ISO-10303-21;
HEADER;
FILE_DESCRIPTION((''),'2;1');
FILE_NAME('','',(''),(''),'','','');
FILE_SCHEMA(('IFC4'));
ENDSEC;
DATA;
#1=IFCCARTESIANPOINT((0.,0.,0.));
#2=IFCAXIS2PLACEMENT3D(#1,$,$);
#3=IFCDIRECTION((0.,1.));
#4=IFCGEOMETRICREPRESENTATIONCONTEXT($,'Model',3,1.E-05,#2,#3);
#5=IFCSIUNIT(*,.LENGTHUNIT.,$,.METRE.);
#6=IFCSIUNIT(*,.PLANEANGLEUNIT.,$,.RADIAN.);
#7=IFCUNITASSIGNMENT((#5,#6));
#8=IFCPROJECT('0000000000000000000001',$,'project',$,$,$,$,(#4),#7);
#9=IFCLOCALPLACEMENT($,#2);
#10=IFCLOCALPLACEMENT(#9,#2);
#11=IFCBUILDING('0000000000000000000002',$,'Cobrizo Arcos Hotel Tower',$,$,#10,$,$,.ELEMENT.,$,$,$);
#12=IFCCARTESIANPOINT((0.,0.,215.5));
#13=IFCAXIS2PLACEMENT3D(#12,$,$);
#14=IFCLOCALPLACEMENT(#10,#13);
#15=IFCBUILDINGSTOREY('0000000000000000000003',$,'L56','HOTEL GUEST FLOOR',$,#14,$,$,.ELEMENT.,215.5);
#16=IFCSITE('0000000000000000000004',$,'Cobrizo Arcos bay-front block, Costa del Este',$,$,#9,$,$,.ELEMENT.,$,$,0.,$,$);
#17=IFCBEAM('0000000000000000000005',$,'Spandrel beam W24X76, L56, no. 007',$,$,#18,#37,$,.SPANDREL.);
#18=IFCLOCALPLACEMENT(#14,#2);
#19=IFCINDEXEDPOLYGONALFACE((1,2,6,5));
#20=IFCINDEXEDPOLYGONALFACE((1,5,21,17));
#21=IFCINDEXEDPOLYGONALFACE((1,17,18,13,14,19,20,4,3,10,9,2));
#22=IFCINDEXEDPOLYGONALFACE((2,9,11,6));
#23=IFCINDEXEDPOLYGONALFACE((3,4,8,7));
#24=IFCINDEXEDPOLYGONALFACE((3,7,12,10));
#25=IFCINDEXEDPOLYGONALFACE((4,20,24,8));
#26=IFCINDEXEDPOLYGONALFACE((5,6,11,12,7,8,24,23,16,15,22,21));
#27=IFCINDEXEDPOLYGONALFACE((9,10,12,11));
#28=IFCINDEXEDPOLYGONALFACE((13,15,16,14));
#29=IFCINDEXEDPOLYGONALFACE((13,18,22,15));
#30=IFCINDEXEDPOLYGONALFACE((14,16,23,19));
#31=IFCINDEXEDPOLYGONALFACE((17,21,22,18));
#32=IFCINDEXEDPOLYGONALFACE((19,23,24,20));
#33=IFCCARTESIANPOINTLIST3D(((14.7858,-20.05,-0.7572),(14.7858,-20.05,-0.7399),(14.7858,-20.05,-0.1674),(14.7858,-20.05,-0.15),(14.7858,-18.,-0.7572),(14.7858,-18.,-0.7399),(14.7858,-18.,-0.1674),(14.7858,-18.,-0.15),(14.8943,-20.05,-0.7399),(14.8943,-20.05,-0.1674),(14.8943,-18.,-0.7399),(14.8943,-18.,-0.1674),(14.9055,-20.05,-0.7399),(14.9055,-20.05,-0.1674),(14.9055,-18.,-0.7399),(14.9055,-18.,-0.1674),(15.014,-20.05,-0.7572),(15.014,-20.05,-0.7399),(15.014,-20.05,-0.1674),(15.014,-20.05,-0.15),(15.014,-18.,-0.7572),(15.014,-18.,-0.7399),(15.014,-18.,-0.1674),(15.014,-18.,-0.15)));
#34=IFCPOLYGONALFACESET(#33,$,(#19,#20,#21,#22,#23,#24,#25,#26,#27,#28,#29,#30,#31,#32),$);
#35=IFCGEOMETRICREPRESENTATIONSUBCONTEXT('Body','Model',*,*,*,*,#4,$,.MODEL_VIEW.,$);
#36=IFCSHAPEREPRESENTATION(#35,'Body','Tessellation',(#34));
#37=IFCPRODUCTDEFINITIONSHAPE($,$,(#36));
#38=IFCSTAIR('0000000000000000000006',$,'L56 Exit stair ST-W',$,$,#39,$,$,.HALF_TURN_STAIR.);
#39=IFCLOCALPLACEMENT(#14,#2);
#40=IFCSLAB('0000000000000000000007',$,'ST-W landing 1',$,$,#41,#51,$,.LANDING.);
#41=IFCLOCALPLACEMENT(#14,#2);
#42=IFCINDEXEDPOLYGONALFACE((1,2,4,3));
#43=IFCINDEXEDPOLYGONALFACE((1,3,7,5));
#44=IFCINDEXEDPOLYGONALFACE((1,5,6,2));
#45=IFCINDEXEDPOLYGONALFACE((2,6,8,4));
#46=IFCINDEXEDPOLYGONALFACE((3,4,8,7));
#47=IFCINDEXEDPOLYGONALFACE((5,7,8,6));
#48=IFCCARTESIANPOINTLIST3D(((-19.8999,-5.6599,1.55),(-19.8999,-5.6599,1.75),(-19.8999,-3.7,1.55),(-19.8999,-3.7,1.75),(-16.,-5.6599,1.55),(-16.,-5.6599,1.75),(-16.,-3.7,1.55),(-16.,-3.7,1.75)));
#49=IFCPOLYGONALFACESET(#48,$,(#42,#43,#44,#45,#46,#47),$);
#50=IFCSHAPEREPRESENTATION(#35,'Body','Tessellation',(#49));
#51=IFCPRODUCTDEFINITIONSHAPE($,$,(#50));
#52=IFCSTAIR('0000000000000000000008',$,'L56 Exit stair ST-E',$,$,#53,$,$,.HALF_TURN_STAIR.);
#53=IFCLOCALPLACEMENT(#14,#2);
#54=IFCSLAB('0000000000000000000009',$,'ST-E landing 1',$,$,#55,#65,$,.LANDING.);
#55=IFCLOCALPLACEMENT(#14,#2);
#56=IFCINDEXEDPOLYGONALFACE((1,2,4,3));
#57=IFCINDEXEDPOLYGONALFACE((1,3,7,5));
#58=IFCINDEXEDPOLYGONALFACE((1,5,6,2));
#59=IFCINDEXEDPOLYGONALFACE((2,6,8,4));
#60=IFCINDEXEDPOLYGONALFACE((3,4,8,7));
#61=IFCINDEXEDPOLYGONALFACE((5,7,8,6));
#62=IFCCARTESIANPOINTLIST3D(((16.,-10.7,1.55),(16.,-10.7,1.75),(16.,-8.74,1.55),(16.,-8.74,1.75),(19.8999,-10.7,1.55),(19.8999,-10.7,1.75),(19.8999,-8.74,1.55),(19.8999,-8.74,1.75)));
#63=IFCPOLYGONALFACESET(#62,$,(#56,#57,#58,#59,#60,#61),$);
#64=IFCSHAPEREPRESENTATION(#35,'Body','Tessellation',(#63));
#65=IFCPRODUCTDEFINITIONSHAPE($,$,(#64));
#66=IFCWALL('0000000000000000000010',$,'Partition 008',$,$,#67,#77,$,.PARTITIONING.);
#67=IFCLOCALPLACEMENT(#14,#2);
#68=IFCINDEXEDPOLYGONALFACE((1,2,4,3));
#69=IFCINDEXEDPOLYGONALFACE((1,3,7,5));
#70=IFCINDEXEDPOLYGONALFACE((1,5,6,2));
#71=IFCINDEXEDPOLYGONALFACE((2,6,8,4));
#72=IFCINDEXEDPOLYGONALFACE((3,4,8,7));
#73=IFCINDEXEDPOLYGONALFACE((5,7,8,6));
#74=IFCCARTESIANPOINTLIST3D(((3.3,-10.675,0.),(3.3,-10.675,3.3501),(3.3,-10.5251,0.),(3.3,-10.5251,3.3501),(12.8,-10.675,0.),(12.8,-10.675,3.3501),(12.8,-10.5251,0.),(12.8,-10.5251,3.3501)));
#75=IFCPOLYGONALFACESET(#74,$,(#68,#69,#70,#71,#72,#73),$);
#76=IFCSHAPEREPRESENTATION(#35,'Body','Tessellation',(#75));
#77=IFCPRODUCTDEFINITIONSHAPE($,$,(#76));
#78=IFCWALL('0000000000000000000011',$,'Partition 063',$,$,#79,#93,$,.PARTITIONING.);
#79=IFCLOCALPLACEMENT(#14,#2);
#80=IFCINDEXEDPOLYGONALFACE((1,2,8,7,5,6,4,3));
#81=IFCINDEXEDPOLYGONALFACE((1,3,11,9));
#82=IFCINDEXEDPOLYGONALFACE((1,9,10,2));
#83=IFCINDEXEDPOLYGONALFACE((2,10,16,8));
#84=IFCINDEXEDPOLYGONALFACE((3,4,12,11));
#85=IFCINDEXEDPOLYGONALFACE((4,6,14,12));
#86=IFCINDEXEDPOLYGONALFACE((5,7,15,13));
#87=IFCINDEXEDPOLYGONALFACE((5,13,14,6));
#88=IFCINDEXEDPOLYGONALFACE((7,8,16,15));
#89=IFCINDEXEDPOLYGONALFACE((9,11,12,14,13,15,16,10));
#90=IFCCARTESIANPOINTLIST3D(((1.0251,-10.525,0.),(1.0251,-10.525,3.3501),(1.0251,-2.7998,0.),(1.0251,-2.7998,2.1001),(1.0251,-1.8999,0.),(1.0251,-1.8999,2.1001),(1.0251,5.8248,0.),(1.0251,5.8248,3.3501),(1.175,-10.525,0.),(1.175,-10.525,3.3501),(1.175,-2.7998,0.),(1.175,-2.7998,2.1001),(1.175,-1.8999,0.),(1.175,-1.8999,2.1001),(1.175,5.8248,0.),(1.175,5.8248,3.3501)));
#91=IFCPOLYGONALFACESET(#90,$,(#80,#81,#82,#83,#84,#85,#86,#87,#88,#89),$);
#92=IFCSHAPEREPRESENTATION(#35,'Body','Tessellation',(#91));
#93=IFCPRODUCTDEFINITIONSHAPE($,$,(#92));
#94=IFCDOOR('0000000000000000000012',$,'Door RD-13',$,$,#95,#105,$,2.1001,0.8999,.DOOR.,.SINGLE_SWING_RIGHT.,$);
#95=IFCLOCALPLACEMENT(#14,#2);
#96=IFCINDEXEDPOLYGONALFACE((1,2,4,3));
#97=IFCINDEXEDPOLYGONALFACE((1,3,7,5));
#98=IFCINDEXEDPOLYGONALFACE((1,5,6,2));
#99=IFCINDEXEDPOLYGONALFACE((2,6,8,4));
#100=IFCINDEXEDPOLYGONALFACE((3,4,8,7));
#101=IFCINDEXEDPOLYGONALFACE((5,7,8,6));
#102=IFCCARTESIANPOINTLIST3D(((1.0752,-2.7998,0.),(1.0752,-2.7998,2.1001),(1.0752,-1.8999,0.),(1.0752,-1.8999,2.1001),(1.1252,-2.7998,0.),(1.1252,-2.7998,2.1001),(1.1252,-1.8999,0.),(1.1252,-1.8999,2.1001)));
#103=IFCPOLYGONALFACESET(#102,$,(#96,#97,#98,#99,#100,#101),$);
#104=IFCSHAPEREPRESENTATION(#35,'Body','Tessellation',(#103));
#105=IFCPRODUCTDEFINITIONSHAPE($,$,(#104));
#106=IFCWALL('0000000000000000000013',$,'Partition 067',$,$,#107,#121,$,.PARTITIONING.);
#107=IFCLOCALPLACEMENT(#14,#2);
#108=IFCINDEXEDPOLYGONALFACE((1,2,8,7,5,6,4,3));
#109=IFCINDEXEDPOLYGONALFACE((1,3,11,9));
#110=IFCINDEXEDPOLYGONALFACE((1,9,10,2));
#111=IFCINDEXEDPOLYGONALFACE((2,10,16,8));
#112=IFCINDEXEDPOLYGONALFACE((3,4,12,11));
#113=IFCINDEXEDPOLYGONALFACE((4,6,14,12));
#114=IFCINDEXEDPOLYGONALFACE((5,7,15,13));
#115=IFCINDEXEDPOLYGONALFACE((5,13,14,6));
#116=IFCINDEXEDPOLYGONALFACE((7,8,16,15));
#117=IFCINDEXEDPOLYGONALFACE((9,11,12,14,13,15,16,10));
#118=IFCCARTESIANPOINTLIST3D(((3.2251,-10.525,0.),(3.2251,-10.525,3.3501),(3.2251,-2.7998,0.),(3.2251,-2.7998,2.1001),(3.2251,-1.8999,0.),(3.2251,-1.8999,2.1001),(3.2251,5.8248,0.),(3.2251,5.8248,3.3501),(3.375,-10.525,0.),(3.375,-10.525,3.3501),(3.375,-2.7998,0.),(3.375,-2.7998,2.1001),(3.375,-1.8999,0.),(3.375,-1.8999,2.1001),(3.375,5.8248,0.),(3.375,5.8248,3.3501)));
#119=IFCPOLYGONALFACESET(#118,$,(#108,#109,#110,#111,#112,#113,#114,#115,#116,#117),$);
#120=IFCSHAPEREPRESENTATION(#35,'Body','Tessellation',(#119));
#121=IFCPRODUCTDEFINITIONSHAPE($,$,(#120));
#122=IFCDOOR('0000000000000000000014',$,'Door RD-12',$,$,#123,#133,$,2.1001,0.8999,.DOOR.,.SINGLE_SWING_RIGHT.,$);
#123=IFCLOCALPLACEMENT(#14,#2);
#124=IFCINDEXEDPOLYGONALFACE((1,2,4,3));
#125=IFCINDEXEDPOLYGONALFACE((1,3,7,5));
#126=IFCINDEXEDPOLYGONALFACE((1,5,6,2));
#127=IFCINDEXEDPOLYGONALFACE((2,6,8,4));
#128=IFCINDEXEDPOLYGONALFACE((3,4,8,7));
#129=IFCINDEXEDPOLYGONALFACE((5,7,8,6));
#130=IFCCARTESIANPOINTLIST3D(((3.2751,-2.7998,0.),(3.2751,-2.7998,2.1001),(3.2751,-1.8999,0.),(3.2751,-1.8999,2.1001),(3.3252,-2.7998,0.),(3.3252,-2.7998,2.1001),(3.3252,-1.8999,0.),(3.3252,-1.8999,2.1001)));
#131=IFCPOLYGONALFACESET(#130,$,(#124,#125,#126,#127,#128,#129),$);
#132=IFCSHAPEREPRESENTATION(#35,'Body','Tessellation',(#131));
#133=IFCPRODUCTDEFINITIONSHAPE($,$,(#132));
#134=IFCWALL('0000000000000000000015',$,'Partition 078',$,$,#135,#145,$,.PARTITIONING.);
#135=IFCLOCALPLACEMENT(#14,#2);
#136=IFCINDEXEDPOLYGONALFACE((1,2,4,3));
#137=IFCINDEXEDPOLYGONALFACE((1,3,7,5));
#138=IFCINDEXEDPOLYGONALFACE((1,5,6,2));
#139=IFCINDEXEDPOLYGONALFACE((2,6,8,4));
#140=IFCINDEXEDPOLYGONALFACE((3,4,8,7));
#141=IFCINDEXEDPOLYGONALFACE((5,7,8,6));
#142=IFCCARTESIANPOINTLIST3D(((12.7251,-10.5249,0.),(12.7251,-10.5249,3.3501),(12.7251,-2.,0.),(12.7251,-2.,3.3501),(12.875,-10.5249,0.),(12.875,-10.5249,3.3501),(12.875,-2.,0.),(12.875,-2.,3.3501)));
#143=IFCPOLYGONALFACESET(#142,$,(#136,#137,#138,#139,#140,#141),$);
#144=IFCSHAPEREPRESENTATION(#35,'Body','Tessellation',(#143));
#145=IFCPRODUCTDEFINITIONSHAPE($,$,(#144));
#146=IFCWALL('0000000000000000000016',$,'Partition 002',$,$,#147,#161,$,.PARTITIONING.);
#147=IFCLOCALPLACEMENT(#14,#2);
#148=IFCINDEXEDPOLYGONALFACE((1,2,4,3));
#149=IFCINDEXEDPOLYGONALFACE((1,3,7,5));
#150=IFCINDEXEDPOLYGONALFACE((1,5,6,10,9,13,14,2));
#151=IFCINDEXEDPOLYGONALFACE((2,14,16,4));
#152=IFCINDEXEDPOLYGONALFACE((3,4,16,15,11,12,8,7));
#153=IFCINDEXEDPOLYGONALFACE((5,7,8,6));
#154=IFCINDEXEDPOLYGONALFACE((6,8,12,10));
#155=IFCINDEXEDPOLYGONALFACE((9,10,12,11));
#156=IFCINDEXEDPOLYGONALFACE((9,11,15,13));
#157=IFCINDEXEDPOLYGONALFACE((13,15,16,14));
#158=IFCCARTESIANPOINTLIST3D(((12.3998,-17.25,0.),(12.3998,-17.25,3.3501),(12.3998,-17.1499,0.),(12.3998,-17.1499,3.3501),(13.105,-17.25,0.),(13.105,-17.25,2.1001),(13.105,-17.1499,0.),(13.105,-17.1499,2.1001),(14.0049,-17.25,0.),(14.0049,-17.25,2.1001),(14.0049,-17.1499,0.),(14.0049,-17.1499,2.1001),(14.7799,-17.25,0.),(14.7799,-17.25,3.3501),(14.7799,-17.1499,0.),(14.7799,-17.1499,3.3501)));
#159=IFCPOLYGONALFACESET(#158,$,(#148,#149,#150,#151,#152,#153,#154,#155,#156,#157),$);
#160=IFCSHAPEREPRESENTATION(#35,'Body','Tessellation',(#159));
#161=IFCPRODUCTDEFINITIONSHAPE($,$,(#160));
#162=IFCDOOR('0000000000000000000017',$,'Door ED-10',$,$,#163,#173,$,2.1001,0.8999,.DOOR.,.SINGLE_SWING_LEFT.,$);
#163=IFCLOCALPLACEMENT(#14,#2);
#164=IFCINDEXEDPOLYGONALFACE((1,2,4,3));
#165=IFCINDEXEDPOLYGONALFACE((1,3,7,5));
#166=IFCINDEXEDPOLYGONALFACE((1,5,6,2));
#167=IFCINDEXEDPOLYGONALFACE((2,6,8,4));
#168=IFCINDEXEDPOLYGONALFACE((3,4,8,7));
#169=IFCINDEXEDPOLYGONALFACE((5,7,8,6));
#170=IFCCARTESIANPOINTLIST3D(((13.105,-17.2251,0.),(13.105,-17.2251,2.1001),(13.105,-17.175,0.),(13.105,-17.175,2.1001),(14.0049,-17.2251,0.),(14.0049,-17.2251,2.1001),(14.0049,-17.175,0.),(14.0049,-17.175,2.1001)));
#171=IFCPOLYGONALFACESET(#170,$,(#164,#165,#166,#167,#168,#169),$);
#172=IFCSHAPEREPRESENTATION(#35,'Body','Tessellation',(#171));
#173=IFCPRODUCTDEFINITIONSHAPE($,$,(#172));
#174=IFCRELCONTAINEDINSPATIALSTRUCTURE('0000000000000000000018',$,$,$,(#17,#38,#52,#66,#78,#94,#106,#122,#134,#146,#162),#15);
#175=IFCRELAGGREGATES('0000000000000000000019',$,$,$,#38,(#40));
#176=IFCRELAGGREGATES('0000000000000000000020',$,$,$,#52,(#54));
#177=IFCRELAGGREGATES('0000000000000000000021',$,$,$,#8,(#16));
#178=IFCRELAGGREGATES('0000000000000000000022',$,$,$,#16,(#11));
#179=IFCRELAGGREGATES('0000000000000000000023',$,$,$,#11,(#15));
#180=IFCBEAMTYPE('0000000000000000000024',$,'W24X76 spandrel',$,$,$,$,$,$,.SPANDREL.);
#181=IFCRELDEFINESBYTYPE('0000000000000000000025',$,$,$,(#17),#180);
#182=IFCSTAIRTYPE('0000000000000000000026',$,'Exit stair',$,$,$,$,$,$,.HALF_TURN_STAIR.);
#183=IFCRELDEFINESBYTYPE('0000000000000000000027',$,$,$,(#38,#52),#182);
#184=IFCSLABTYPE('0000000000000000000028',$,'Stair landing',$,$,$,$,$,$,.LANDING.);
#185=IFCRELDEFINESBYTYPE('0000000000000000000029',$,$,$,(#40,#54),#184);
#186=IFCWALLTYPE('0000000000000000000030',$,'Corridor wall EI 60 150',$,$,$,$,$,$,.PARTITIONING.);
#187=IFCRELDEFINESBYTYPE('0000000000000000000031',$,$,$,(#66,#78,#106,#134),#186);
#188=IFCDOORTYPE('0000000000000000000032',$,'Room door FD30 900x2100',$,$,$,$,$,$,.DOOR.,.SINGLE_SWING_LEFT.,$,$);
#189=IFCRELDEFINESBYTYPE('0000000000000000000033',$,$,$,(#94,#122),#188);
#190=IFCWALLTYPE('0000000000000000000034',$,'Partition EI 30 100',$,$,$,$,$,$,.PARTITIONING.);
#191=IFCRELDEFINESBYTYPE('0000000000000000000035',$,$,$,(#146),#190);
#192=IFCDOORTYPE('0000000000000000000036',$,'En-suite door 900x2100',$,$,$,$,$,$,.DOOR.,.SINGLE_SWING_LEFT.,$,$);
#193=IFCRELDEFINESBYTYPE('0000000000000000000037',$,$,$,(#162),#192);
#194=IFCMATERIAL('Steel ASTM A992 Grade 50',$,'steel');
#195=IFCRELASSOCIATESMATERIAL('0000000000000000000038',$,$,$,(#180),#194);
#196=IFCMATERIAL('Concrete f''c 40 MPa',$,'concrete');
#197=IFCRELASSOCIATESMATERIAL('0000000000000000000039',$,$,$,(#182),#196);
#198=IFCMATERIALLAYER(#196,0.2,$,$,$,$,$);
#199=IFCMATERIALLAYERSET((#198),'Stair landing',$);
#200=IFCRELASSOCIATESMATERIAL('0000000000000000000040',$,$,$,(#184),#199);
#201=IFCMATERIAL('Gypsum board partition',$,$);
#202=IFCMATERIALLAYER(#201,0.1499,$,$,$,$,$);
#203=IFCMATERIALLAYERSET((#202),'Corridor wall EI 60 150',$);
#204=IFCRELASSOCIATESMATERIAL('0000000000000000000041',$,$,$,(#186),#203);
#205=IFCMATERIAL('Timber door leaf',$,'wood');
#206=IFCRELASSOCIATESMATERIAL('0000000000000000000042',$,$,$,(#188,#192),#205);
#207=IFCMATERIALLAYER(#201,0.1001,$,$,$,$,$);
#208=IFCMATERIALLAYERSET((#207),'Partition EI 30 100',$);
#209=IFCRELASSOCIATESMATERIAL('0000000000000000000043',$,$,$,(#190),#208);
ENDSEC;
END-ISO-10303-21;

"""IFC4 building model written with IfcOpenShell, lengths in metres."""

from ifc_helpers import new_model, si_unit, direction, frame, frame_2d, origin, origin_2d, place, context, subcontext, project, spatial, polyline, rectangle, i_section, outline, extrude, material, layer, layer_set, material_profile, profile_set, type_object, element, fill, aggregate, save


model = new_model("IFC4")

# Units and contexts
model_context = context("Model", 3, precision=1e-05, world=origin(), true_north=direction((0.0, 1.0)))
body_context = subcontext(model_context, "Body", "Model", "MODEL_VIEW")
ifc_project = project(units=[si_unit("LENGTHUNIT", "METRE"), si_unit("PLANEANGLEUNIT", "RADIAN")], contexts=[model_context])

# Site, building, storey
site_placement = place(None, origin())
site = spatial("IfcSite", under=ifc_project, at=site_placement, Name="Cobrizo Arcos bay-front block, Costa del Este", CompositionType="ELEMENT", RefElevation=0.0)
building_placement = place(site_placement, origin())
building = spatial("IfcBuilding", under=site, at=building_placement, Name="Cobrizo Arcos Hotel Tower", CompositionType="ELEMENT")
storey_placement = place(building_placement, frame((0.0, 0.0, 215.5)))
storey = spatial("IfcBuildingStorey", under=building, at=storey_placement, Name="L56", Description="HOTEL GUEST FLOOR", CompositionType="ELEMENT", Elevation=215.5)

# Shared definitions
ifc_material_1 = material(Name="Steel ASTM A992 Grade 50", Category="steel")

# Beam
ifc_material_profile_1 = material_profile(ifc_material_1, i_section(OverallWidth=0.2283, OverallDepth=0.6072, WebThickness=0.0112, FlangeThickness=0.0173, at=origin_2d()), Name="W24X76")
ifc_profile_set_1 = profile_set([ifc_material_profile_1], Name="Steel ASTM A992 Grade 50")
beam_type_1 = type_object("IfcBeamType", Name="W24X76 spandrel", PredefinedType="SPANDREL", material=ifc_profile_set_1)
beam_1_placement = place(storey_placement, frame((14.8999, -20.05, -0.4536), z_axis=(0.0, 1.0, 0.0), x_axis=(-1.0, 0.0, 0.0)))
element("IfcBeam", 1, at=beam_1_placement, inside=storey, type_object=beam_type_1, Name="Spandrel beam W24X76, L56, no. 007", PredefinedType="SPANDREL", context=body_context, shape_type="SweptSolid", body=[
    extrude(i_section(OverallWidth=0.2283, OverallDepth=0.6072, WebThickness=0.0112, FlangeThickness=0.0173, at=origin_2d()), origin(), (0.0, 0.0, 1.0), 2.05),
])

# Stairs, slabs
ifc_material_2 = material(Name="Concrete f'c 40 MPa", Category="concrete")
stair_type = type_object("IfcStairType", Name="Exit stair", PredefinedType="HALF_TURN_STAIR", material=ifc_material_2)
stair_1_placement = place(storey_placement, origin())
stair_1 = element("IfcStair", 2, at=stair_1_placement, inside=storey, type_object=stair_type, Name="L56 Exit stair ST-W", PredefinedType="HALF_TURN_STAIR")
ifc_layer_1 = layer(ifc_material_2, 0.2)
ifc_layer_set_1 = layer_set([ifc_layer_1], Name="Stair landing")
slab_type = type_object("IfcSlabType", Name="Stair landing", PredefinedType="LANDING", material=ifc_layer_set_1)
slab_1_placement = place(storey_placement, frame((0.0, 0.0, 1.55)))
slab_1 = element("IfcSlab", 3, at=slab_1_placement, type_object=slab_type, Name="ST-W landing 1", PredefinedType="LANDING", context=body_context, shape_type="SweptSolid", body=[
    extrude(outline(polyline([(-16.0, -5.6599), (-16.0, -3.7), (-19.8999, -3.7), (-19.8999, -5.6599), (-16.0, -5.6599)])), origin(), (0.0, 0.0, 1.0), 0.2),
])
aggregate(stair_1, [slab_1])
stair_2_placement = place(storey_placement, origin())
stair_2 = element("IfcStair", 4, at=stair_2_placement, inside=storey, type_object=stair_type, Name="L56 Exit stair ST-E", PredefinedType="HALF_TURN_STAIR")
slab_2_placement = place(storey_placement, frame((0.0, 0.0, 1.55)))
slab_2 = element("IfcSlab", 5, at=slab_2_placement, type_object=slab_type, Name="ST-E landing 1", PredefinedType="LANDING", context=body_context, shape_type="SweptSolid", body=[
    extrude(outline(polyline([(16.0, -8.74), (16.0, -10.7), (19.8999, -10.7), (19.8999, -8.74), (16.0, -8.74)])), origin(), (0.0, 0.0, 1.0), 0.2),
])
aggregate(stair_2, [slab_2])

# Wall
ifc_material_3 = material(Name="Gypsum board partition")
ifc_layer_2 = layer(ifc_material_3, 0.1499)
ifc_layer_set_2 = layer_set([ifc_layer_2], Name="Corridor wall EI 60 150")
wall_type_1 = type_object("IfcWallType", Name="Corridor wall EI 60 150", PredefinedType="PARTITIONING", material=ifc_layer_set_2)
wall_1_placement = place(storey_placement, frame((3.3, -10.6001, 0.0), z_axis=(0.0, 0.0, 1.0), x_axis=(1.0, 0.0, 0.0)))
element("IfcWall", 6, at=wall_1_placement, inside=storey, type_object=wall_type_1, Name="Partition 008", PredefinedType="PARTITIONING", context=body_context, shape_type="SweptSolid", body=[
    extrude(rectangle(XDim=9.5, YDim=0.1499, at=frame_2d((4.75, 0.0))), origin(), (0.0, 0.0, 1.0), 3.3501),
])

# Walls, openings, doors
wall_2_placement = place(storey_placement, frame((1.1001, -10.5249, 0.0), z_axis=(0.0, 0.0, 1.0), x_axis=(0.0, 1.0, 0.0)))
wall_2 = element("IfcWall", 7, at=wall_2_placement, inside=storey, type_object=wall_type_1, Name="Partition 063", PredefinedType="PARTITIONING", context=body_context, shape_type="SweptSolid", body=[
    extrude(rectangle(XDim=16.3499, YDim=0.1499, at=frame_2d((8.1748, 0.0))), origin(), (0.0, 0.0, 1.0), 3.3501),
])
opening_1_placement = place(wall_2_placement, frame((7.7251, 0.0, 0.0)))
opening_1 = element("IfcOpeningElement", 8, at=opening_1_placement, cuts=wall_2, PredefinedType="OPENING", context=body_context, shape_type="SweptSolid", body=[
    extrude(rectangle(XDim=0.8999, YDim=2.1001, at=frame_2d((0.45, 1.05))), frame((0.0, 0.0869, 0.0), z_axis=(0.0, -1.0, 0.0), x_axis=(1.0, 0.0, 0.0)), (0.0, 0.0, 1.0), 0.1738),
])
ifc_material_4 = material(Name="Timber door leaf", Category="wood")
door_type_1 = type_object("IfcDoorType", Name="Room door FD30 900x2100", OperationType="SINGLE_SWING_LEFT", PredefinedType="DOOR", material=ifc_material_4)
door_1_placement = place(opening_1_placement, origin())
door_1 = element("IfcDoor", 9, at=door_1_placement, inside=storey, type_object=door_type_1, Name="Door RD-13", OperationType="SINGLE_SWING_RIGHT", OverallHeight=2.1001, OverallWidth=0.8999, PredefinedType="DOOR", context=body_context, shape_type="SweptSolid", body=[
    extrude(rectangle(XDim=0.8999, YDim=2.1001, at=frame_2d((0.45, 1.05))), frame((0.0, 0.0249, 0.0), z_axis=(0.0, -1.0, 0.0), x_axis=(1.0, 0.0, 0.0)), (0.0, 0.0, 1.0), 0.05),
])
fill(opening_1, door_1)
wall_3_placement = place(storey_placement, frame((3.3, -10.5249, 0.0), z_axis=(0.0, 0.0, 1.0), x_axis=(0.0, 1.0, 0.0)))
wall_3 = element("IfcWall", 10, at=wall_3_placement, inside=storey, type_object=wall_type_1, Name="Partition 067", PredefinedType="PARTITIONING", context=body_context, shape_type="SweptSolid", body=[
    extrude(rectangle(XDim=16.3499, YDim=0.1499, at=frame_2d((8.1748, 0.0))), origin(), (0.0, 0.0, 1.0), 3.3501),
])
opening_2_placement = place(wall_3_placement, frame((7.7251, 0.0, 0.0)))
opening_2 = element("IfcOpeningElement", 11, at=opening_2_placement, cuts=wall_3, PredefinedType="OPENING", context=body_context, shape_type="SweptSolid", body=[
    extrude(rectangle(XDim=0.8999, YDim=2.1001, at=frame_2d((0.45, 1.05))), frame((0.0, 0.0869, 0.0), z_axis=(0.0, -1.0, 0.0), x_axis=(1.0, 0.0, 0.0)), (0.0, 0.0, 1.0), 0.1738),
])
door_2_placement = place(opening_2_placement, origin())
door_2 = element("IfcDoor", 12, at=door_2_placement, inside=storey, type_object=door_type_1, Name="Door RD-12", OperationType="SINGLE_SWING_RIGHT", OverallHeight=2.1001, OverallWidth=0.8999, PredefinedType="DOOR", context=body_context, shape_type="SweptSolid", body=[
    extrude(rectangle(XDim=0.8999, YDim=2.1001, at=frame_2d((0.45, 1.05))), frame((0.0, 0.0249, 0.0), z_axis=(0.0, -1.0, 0.0), x_axis=(1.0, 0.0, 0.0)), (0.0, 0.0, 1.0), 0.05),
])
fill(opening_2, door_2)

# Wall
wall_4_placement = place(storey_placement, frame((12.8, -10.5249, 0.0), z_axis=(0.0, 0.0, 1.0), x_axis=(0.0, 1.0, 0.0)))
element("IfcWall", 13, at=wall_4_placement, inside=storey, type_object=wall_type_1, Name="Partition 078", PredefinedType="PARTITIONING", context=body_context, shape_type="SweptSolid", body=[
    extrude(rectangle(XDim=8.5249, YDim=0.1499, at=frame_2d((4.2625, 0.0))), origin(), (0.0, 0.0, 1.0), 3.3501),
])

# Wall, opening, door
ifc_layer_3 = layer(ifc_material_3, 0.1001)
ifc_layer_set_3 = layer_set([ifc_layer_3], Name="Partition EI 30 100")
wall_type_2 = type_object("IfcWallType", Name="Partition EI 30 100", PredefinedType="PARTITIONING", material=ifc_layer_set_3)
wall_5_placement = place(storey_placement, frame((12.3999, -17.2, 0.0), z_axis=(0.0, 0.0, 1.0), x_axis=(1.0, 0.0, 0.0)))
wall_5 = element("IfcWall", 14, at=wall_5_placement, inside=storey, type_object=wall_type_2, Name="Partition 002", PredefinedType="PARTITIONING", context=body_context, shape_type="SweptSolid", body=[
    extrude(rectangle(XDim=2.3801, YDim=0.1001, at=frame_2d((1.1899, 0.0))), origin(), (0.0, 0.0, 1.0), 3.3501),
])
opening_3_placement = place(wall_5_placement, frame((0.7051, 0.0, 0.0)))
opening_3 = element("IfcOpeningElement", 15, at=opening_3_placement, cuts=wall_5, PredefinedType="OPENING", context=body_context, shape_type="SweptSolid", body=[
    extrude(rectangle(XDim=0.8999, YDim=2.1001, at=frame_2d((0.45, 1.05))), frame((0.0, 0.062, 0.0), z_axis=(0.0, -1.0, 0.0), x_axis=(1.0, 0.0, 0.0)), (0.0, 0.0, 1.0), 0.124),
])
door_type_2 = type_object("IfcDoorType", Name="En-suite door 900x2100", OperationType="SINGLE_SWING_LEFT", PredefinedType="DOOR", material=ifc_material_4)
door_3_placement = place(opening_3_placement, origin())
door_3 = element("IfcDoor", 16, at=door_3_placement, inside=storey, type_object=door_type_2, Name="Door ED-10", OperationType="SINGLE_SWING_LEFT", OverallHeight=2.1001, OverallWidth=0.8999, PredefinedType="DOOR", context=body_context, shape_type="SweptSolid", body=[
    extrude(rectangle(XDim=0.8999, YDim=2.1001, at=frame_2d((0.45, 1.05))), frame((0.0, 0.0249, 0.0), z_axis=(0.0, -1.0, 0.0), x_axis=(1.0, 0.0, 0.0)), (0.0, 0.0, 1.0), 0.05),
])
fill(opening_3, door_3)

save(model, "model.ifc")
